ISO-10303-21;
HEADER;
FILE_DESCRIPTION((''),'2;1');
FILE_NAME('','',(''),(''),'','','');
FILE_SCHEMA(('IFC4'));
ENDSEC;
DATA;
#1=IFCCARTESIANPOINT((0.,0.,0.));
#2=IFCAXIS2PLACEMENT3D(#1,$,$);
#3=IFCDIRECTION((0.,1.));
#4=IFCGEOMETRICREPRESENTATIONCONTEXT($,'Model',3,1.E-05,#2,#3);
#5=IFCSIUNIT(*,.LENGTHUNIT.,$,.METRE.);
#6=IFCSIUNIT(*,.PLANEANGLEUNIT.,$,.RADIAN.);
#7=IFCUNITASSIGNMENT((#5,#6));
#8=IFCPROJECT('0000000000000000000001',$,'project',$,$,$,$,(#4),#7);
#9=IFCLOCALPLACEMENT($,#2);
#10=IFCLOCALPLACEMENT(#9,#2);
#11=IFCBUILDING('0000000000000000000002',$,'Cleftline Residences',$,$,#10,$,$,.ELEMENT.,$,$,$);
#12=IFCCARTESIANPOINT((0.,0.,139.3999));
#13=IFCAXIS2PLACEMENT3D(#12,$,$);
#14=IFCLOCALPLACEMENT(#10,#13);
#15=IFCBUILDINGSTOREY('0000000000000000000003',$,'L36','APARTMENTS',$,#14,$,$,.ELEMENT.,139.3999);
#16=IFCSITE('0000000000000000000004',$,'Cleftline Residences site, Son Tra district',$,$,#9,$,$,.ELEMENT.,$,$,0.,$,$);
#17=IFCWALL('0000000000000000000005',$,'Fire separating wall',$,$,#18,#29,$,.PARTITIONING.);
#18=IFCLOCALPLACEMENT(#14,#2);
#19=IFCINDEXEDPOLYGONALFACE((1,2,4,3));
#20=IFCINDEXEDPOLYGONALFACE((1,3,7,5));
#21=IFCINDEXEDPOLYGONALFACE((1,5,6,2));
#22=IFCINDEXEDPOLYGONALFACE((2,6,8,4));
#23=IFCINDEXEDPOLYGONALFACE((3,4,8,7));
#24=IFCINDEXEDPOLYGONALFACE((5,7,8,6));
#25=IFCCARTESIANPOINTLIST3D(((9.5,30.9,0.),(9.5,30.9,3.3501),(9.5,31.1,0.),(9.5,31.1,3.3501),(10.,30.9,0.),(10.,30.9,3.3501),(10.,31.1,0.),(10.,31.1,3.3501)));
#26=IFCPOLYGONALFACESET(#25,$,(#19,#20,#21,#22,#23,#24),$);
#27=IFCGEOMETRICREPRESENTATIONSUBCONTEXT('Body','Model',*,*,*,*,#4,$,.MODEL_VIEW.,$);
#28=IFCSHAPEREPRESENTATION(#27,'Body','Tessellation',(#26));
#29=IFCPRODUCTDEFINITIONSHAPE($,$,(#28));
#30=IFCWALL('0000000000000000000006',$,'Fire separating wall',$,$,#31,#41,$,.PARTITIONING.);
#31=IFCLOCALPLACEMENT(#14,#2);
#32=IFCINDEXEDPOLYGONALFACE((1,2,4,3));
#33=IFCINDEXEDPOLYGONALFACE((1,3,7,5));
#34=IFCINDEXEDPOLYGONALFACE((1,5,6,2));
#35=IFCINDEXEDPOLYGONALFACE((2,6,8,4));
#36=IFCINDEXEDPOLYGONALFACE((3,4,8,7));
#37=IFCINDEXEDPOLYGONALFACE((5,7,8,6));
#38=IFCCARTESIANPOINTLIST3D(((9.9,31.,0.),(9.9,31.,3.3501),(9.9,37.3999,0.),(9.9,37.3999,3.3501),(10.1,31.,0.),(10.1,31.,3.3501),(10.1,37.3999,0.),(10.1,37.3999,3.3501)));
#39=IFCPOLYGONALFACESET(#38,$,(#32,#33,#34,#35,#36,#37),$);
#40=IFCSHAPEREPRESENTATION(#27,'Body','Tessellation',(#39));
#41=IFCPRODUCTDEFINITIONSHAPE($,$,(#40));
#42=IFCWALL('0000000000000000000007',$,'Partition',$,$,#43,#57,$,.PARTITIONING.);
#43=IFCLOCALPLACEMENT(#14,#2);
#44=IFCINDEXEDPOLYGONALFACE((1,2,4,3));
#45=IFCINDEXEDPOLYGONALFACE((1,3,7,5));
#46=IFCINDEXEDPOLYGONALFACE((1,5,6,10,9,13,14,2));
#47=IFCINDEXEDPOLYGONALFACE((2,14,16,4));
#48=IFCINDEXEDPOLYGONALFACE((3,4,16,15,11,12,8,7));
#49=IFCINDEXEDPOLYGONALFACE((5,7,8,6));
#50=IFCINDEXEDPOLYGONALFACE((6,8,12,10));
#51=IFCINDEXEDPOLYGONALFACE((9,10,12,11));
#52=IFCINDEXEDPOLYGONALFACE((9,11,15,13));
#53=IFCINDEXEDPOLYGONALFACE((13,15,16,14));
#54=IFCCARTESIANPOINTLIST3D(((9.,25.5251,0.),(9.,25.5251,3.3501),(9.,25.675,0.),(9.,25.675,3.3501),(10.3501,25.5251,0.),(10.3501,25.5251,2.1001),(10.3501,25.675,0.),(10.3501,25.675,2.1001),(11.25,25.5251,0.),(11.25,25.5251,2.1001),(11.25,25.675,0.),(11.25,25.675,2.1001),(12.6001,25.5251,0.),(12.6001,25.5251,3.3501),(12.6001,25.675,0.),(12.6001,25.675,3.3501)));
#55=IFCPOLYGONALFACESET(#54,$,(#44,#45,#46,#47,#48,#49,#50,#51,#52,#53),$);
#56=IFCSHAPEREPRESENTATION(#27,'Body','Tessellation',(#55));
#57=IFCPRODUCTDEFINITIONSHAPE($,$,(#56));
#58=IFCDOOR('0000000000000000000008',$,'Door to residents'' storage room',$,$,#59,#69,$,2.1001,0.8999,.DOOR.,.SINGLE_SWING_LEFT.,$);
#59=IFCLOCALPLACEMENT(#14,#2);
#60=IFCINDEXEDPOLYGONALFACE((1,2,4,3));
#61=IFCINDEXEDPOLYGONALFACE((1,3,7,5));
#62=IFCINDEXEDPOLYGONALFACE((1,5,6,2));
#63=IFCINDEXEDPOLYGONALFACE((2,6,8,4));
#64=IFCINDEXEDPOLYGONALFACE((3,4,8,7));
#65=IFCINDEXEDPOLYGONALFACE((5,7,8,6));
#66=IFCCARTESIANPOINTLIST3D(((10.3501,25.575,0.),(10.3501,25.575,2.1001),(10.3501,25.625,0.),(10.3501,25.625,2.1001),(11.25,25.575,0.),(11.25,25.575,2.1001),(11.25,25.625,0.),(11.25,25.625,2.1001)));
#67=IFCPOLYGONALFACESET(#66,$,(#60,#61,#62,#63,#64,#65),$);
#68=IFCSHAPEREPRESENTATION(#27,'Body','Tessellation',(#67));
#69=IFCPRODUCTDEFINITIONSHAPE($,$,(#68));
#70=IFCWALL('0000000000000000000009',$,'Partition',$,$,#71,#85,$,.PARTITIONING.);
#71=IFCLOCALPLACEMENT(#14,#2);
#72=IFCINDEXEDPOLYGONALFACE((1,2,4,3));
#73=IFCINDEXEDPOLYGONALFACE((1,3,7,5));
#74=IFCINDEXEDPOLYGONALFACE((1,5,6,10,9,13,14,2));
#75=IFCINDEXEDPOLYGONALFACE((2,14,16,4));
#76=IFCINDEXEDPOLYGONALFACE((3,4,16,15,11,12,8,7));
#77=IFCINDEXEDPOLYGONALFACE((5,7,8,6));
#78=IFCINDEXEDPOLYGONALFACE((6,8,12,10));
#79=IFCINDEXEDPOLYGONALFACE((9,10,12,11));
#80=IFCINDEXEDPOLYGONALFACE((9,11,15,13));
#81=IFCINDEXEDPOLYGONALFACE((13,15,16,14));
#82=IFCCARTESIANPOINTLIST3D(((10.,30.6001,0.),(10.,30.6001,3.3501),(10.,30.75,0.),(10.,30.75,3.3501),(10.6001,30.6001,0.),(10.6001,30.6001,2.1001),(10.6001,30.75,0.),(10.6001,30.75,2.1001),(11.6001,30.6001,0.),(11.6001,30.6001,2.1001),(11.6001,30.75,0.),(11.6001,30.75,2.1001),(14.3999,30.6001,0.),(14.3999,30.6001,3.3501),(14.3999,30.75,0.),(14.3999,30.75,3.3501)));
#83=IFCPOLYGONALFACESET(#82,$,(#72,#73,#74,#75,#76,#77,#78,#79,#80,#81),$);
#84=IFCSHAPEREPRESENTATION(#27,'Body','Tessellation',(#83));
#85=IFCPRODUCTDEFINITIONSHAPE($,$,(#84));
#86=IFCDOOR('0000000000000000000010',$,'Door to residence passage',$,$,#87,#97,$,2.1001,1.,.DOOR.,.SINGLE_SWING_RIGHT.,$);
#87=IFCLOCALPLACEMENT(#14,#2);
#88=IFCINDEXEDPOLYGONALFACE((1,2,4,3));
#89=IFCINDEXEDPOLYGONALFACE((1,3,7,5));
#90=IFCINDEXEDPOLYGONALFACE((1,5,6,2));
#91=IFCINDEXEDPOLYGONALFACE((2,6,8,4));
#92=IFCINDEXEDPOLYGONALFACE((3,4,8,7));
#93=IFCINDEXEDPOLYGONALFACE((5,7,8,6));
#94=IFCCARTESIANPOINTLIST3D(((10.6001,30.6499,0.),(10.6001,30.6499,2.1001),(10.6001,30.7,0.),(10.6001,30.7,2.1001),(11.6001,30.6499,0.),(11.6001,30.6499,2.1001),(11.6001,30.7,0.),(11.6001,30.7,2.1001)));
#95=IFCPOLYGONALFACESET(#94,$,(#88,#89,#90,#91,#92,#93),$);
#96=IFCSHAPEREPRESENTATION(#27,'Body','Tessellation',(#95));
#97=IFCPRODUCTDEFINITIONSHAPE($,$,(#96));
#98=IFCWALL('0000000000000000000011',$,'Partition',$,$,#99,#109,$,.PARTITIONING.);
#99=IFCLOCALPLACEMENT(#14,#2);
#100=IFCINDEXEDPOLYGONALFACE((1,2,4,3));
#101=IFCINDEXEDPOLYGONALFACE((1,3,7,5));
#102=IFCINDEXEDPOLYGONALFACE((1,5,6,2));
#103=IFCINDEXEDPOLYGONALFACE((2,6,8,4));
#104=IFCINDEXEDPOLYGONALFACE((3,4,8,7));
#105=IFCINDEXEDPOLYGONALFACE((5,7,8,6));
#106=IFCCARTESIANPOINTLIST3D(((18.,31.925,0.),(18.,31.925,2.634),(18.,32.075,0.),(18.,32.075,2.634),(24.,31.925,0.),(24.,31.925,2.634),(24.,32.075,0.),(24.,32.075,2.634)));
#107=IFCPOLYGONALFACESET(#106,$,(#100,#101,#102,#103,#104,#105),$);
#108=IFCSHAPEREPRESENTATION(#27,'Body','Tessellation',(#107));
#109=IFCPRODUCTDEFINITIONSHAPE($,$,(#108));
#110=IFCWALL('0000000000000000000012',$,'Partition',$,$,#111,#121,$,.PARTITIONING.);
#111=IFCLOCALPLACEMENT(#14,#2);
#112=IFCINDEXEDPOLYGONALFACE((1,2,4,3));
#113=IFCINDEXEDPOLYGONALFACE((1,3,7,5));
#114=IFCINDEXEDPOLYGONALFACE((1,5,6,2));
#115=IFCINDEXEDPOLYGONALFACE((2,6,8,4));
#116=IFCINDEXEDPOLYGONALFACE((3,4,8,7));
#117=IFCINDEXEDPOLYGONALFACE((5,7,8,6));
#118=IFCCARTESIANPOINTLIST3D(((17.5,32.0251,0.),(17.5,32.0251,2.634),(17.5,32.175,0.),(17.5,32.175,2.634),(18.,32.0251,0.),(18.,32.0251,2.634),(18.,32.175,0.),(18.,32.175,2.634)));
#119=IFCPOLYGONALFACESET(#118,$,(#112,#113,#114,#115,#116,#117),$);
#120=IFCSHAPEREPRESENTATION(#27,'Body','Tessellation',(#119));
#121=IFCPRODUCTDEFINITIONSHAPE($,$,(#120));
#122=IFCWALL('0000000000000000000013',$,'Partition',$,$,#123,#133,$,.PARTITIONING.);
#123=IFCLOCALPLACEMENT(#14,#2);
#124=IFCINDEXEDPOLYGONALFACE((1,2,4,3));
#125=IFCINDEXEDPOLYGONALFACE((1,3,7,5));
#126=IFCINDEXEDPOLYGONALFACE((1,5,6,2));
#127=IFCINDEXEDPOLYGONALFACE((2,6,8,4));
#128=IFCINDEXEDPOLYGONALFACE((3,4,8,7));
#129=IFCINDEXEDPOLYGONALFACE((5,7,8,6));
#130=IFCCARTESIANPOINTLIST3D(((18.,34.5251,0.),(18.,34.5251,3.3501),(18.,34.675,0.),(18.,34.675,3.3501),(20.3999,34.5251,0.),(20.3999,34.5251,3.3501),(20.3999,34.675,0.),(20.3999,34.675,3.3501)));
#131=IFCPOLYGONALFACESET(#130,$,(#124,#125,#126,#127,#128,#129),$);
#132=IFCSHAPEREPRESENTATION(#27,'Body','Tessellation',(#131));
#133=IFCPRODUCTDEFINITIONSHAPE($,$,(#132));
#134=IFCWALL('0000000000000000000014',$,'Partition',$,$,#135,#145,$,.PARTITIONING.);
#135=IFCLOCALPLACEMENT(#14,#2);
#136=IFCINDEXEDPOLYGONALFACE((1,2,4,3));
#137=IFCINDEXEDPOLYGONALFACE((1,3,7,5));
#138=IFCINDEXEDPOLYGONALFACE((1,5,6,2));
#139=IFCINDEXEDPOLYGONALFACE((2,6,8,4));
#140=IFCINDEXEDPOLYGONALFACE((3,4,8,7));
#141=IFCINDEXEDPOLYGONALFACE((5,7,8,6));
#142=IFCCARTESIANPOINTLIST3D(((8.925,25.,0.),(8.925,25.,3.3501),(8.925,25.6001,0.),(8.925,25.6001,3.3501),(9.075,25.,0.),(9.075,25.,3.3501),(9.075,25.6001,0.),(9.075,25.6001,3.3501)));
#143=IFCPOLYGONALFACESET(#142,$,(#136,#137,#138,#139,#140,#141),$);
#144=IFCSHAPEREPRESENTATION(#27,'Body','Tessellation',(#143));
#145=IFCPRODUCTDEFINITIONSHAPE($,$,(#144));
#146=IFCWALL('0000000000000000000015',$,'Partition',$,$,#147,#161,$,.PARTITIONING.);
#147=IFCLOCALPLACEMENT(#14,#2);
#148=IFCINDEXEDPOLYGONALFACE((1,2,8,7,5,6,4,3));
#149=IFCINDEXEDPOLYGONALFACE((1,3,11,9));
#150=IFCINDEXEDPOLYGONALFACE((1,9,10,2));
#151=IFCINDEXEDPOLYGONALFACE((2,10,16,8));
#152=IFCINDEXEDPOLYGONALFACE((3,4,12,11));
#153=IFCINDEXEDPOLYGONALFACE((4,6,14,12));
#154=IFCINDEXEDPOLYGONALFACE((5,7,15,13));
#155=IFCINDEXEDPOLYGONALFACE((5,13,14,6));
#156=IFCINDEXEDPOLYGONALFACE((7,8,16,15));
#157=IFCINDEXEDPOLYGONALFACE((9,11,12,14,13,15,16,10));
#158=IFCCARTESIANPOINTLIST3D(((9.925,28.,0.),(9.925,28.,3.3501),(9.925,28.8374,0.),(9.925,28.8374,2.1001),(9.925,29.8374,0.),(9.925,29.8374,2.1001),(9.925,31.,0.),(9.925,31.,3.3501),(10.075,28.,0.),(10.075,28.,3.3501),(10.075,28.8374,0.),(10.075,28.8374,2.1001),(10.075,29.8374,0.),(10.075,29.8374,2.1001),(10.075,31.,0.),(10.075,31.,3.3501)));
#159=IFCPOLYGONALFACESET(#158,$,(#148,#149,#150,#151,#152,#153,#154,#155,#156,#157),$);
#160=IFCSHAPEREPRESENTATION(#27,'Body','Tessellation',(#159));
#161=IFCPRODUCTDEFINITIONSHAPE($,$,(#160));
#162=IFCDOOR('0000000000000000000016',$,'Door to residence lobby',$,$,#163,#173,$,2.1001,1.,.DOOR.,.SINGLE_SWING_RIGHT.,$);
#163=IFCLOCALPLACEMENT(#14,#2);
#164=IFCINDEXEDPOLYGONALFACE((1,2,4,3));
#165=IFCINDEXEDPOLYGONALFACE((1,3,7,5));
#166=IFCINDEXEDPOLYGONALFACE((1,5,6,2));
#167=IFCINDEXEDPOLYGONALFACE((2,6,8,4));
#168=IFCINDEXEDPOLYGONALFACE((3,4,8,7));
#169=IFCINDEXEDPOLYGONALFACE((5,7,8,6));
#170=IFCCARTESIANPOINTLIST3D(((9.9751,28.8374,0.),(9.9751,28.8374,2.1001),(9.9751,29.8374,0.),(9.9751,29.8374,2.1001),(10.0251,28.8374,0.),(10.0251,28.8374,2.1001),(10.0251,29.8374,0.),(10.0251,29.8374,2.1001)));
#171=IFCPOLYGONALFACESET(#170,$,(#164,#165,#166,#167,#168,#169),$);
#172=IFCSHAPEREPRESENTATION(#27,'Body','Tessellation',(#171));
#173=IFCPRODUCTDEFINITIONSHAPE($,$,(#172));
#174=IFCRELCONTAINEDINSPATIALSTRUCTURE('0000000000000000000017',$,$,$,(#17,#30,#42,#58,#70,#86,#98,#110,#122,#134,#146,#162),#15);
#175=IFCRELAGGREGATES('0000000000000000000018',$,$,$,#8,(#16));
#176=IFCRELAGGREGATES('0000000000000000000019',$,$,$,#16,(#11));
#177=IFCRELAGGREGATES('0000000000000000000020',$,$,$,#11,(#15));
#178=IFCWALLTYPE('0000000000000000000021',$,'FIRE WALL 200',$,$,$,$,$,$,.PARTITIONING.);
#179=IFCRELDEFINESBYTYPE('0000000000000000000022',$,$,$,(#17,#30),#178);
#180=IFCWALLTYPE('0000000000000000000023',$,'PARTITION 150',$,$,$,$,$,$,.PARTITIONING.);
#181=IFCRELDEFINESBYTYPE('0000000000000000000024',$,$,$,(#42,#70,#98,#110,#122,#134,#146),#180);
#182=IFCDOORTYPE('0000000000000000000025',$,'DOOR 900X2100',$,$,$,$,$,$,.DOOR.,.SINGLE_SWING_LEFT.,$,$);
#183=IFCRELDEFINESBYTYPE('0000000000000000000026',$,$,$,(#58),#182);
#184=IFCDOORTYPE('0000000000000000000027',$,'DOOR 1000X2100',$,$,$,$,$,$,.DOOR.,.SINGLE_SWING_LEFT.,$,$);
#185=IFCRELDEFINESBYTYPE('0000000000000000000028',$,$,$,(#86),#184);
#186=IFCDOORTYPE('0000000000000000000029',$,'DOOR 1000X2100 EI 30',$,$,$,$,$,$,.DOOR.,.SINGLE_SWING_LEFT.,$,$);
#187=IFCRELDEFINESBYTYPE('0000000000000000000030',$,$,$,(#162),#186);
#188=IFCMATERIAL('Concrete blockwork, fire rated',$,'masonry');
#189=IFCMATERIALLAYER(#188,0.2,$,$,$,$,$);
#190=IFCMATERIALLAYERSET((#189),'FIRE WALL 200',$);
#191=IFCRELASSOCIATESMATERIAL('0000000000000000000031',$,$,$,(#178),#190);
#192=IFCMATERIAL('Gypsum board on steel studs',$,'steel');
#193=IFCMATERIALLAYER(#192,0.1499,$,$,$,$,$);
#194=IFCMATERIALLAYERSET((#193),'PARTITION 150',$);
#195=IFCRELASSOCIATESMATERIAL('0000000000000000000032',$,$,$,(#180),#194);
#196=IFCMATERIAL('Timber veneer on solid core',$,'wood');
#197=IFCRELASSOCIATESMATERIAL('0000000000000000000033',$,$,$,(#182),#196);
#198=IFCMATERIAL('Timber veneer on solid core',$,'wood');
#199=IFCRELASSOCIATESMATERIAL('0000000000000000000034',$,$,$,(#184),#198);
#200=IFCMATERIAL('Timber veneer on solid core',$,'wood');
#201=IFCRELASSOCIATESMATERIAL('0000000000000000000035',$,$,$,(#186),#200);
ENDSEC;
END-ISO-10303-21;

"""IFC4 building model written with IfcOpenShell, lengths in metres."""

from ifc_helpers import new_model, si_unit, direction, frame, frame_2d, origin, place, context, subcontext, project, spatial, rectangle, extrude, material, layer, layer_set, type_object, element, fill, save


model = new_model("IFC4")

# Units and contexts
model_context = context("Model", 3, precision=1e-05, world=origin(), true_north=direction((0.0, 1.0)))
body_context = subcontext(model_context, "Body", "Model", "MODEL_VIEW")
ifc_project = project(units=[si_unit("LENGTHUNIT", "METRE"), si_unit("PLANEANGLEUNIT", "RADIAN")], contexts=[model_context])

# Site, building, storey
site_placement = place(None, origin())
site = spatial("IfcSite", under=ifc_project, at=site_placement, Name="Cleftline Residences site, Son Tra district", CompositionType="ELEMENT", RefElevation=0.0)
building_placement = place(site_placement, origin())
building = spatial("IfcBuilding", under=site, at=building_placement, Name="Cleftline Residences", CompositionType="ELEMENT")
storey_placement = place(building_placement, frame((0.0, 0.0, 139.3999)))
storey = spatial("IfcBuildingStorey", under=building, at=storey_placement, Name="L36", Description="APARTMENTS", CompositionType="ELEMENT", Elevation=139.3999)

# Walls
ifc_material_1 = material(Name="Concrete blockwork, fire rated", Category="masonry")
ifc_layer_1 = layer(ifc_material_1, 0.2)
ifc_layer_set_1 = layer_set([ifc_layer_1], Name="FIRE WALL 200")
wall_type_1 = type_object("IfcWallType", Name="FIRE WALL 200", PredefinedType="PARTITIONING", material=ifc_layer_set_1)
wall_1_placement = place(storey_placement, frame((9.5, 31.0, 0.0), z_axis=(0.0, 0.0, 1.0), x_axis=(1.0, 0.0, 0.0)))
element("IfcWall", 1, at=wall_1_placement, inside=storey, type_object=wall_type_1, Name="Fire separating wall", PredefinedType="PARTITIONING", context=body_context, shape_type="SweptSolid", body=[
    extrude(rectangle(XDim=0.5, YDim=0.2, at=frame_2d((0.25, 0.0))), origin(), (0.0, 0.0, 1.0), 3.3501),
])
wall_2_placement = place(storey_placement, frame((10.0, 31.0, 0.0), z_axis=(0.0, 0.0, 1.0), x_axis=(0.0, 1.0, 0.0)))
element("IfcWall", 2, at=wall_2_placement, inside=storey, type_object=wall_type_1, Name="Fire separating wall", PredefinedType="PARTITIONING", context=body_context, shape_type="SweptSolid", body=[
    extrude(rectangle(XDim=6.3999, YDim=0.2, at=frame_2d((3.2, 0.0))), origin(), (0.0, 0.0, 1.0), 3.3501),
])

# Walls, openings, doors
ifc_material_2 = material(Name="Gypsum board on steel studs", Category="steel")
ifc_layer_2 = layer(ifc_material_2, 0.1499)
ifc_layer_set_2 = layer_set([ifc_layer_2], Name="PARTITION 150")
wall_type_2 = type_object("IfcWallType", Name="PARTITION 150", PredefinedType="PARTITIONING", material=ifc_layer_set_2)
wall_3_placement = place(storey_placement, frame((9.0, 25.6001, 0.0), z_axis=(0.0, 0.0, 1.0), x_axis=(1.0, 0.0, 0.0)))
wall_3 = element("IfcWall", 3, at=wall_3_placement, inside=storey, type_object=wall_type_2, Name="Partition", PredefinedType="PARTITIONING", context=body_context, shape_type="SweptSolid", body=[
    extrude(rectangle(XDim=3.6001, YDim=0.1499, at=frame_2d((1.8, 0.0))), origin(), (0.0, 0.0, 1.0), 3.3501),
])
opening_1_placement = place(wall_3_placement, frame((1.3501, 0.0, 0.0)))
opening_1 = element("IfcOpeningElement", 4, at=opening_1_placement, cuts=wall_3, PredefinedType="OPENING", context=body_context, shape_type="SweptSolid", body=[
    extrude(rectangle(XDim=0.8999, YDim=2.1001, at=frame_2d((0.45, 1.05))), frame((0.0, 0.085, 0.0), z_axis=(0.0, -1.0, 0.0), x_axis=(1.0, 0.0, 0.0)), (0.0, 0.0, 1.0), 0.1699),
])
ifc_material_3 = material(Name="Timber veneer on solid core", Category="wood")
door_type_1 = type_object("IfcDoorType", Name="DOOR 900X2100", OperationType="SINGLE_SWING_LEFT", PredefinedType="DOOR", material=ifc_material_3)
door_1_placement = place(opening_1_placement, origin())
door_1 = element("IfcDoor", 5, at=door_1_placement, inside=storey, type_object=door_type_1, Name="Door to residents' storage room", OperationType="SINGLE_SWING_LEFT", OverallHeight=2.1001, OverallWidth=0.8999, PredefinedType="DOOR", context=body_context, shape_type="SweptSolid", body=[
    extrude(rectangle(XDim=0.8999, YDim=2.1001, at=frame_2d((0.45, 1.05))), frame((0.0, 0.0249, 0.0), z_axis=(0.0, -1.0, 0.0), x_axis=(1.0, 0.0, 0.0)), (0.0, 0.0, 1.0), 0.05),
])
fill(opening_1, door_1)
wall_4_placement = place(storey_placement, frame((10.0, 30.675, 0.0), z_axis=(0.0, 0.0, 1.0), x_axis=(1.0, 0.0, 0.0)))
wall_4 = element("IfcWall", 6, at=wall_4_placement, inside=storey, type_object=wall_type_2, Name="Partition", PredefinedType="PARTITIONING", context=body_context, shape_type="SweptSolid", body=[
    extrude(rectangle(XDim=4.3999, YDim=0.1499, at=frame_2d((2.2, 0.0))), origin(), (0.0, 0.0, 1.0), 3.3501),
])
opening_2_placement = place(wall_4_placement, frame((0.6001, 0.0, 0.0)))
opening_2 = element("IfcOpeningElement", 7, at=opening_2_placement, cuts=wall_4, PredefinedType="OPENING", context=body_context, shape_type="SweptSolid", body=[
    extrude(rectangle(XDim=1.0, YDim=2.1001, at=frame_2d((0.5, 1.05))), frame((0.0, 0.085, 0.0), z_axis=(0.0, -1.0, 0.0), x_axis=(1.0, 0.0, 0.0)), (0.0, 0.0, 1.0), 0.1699),
])
ifc_material_4 = material(Name="Timber veneer on solid core", Category="wood")
door_type_2 = type_object("IfcDoorType", Name="DOOR 1000X2100", OperationType="SINGLE_SWING_LEFT", PredefinedType="DOOR", material=ifc_material_4)
door_2_placement = place(opening_2_placement, origin())
door_2 = element("IfcDoor", 8, at=door_2_placement, inside=storey, type_object=door_type_2, Name="Door to residence passage", OperationType="SINGLE_SWING_RIGHT", OverallHeight=2.1001, OverallWidth=1.0, PredefinedType="DOOR", context=body_context, shape_type="SweptSolid", body=[
    extrude(rectangle(XDim=1.0, YDim=2.1001, at=frame_2d((0.5, 1.05))), frame((0.0, 0.0249, 0.0), z_axis=(0.0, -1.0, 0.0), x_axis=(1.0, 0.0, 0.0)), (0.0, 0.0, 1.0), 0.05),
])
fill(opening_2, door_2)

# Walls
wall_5_placement = place(storey_placement, frame((18.0, 32.0, 0.0), z_axis=(0.0, 0.0, 1.0), x_axis=(1.0, 0.0, 0.0)))
element("IfcWall", 9, at=wall_5_placement, inside=storey, type_object=wall_type_2, Name="Partition", PredefinedType="PARTITIONING", context=body_context, shape_type="SweptSolid", body=[
    extrude(rectangle(XDim=6.0, YDim=0.1499, at=frame_2d((3.0, 0.0))), origin(), (0.0, 0.0, 1.0), 2.634),
])
wall_6_placement = place(storey_placement, frame((17.5, 32.1001, 0.0), z_axis=(0.0, 0.0, 1.0), x_axis=(1.0, 0.0, 0.0)))
element("IfcWall", 10, at=wall_6_placement, inside=storey, type_object=wall_type_2, Name="Partition", PredefinedType="PARTITIONING", context=body_context, shape_type="SweptSolid", body=[
    extrude(rectangle(XDim=0.5, YDim=0.1499, at=frame_2d((0.25, 0.0))), origin(), (0.0, 0.0, 1.0), 2.634),
])
wall_7_placement = place(storey_placement, frame((18.0, 34.6001, 0.0), z_axis=(0.0, 0.0, 1.0), x_axis=(1.0, 0.0, 0.0)))
element("IfcWall", 11, at=wall_7_placement, inside=storey, type_object=wall_type_2, Name="Partition", PredefinedType="PARTITIONING", context=body_context, shape_type="SweptSolid", body=[
    extrude(rectangle(XDim=2.3999, YDim=0.1499, at=frame_2d((1.2, 0.0))), origin(), (0.0, 0.0, 1.0), 3.3501),
])
wall_8_placement = place(storey_placement, frame((9.0, 25.0, 0.0), z_axis=(0.0, 0.0, 1.0), x_axis=(0.0, 1.0, 0.0)))
element("IfcWall", 12, at=wall_8_placement, inside=storey, type_object=wall_type_2, Name="Partition", PredefinedType="PARTITIONING", context=body_context, shape_type="SweptSolid", body=[
    extrude(rectangle(XDim=0.6001, YDim=0.1499, at=frame_2d((0.3, 0.0))), origin(), (0.0, 0.0, 1.0), 3.3501),
])

# Wall, opening, door
wall_9_placement = place(storey_placement, frame((10.0, 28.0, 0.0), z_axis=(0.0, 0.0, 1.0), x_axis=(0.0, 1.0, 0.0)))
wall_9 = element("IfcWall", 13, at=wall_9_placement, inside=storey, type_object=wall_type_2, Name="Partition", PredefinedType="PARTITIONING", context=body_context, shape_type="SweptSolid", body=[
    extrude(rectangle(XDim=3.0, YDim=0.1499, at=frame_2d((1.5, 0.0))), origin(), (0.0, 0.0, 1.0), 3.3501),
])
opening_3_placement = place(wall_9_placement, frame((0.8374, 0.0, 0.0)))
opening_3 = element("IfcOpeningElement", 14, at=opening_3_placement, cuts=wall_9, PredefinedType="OPENING", context=body_context, shape_type="SweptSolid", body=[
    extrude(rectangle(XDim=1.0, YDim=2.1001, at=frame_2d((0.5, 1.05))), frame((0.0, 0.085, 0.0), z_axis=(0.0, -1.0, 0.0), x_axis=(1.0, 0.0, 0.0)), (0.0, 0.0, 1.0), 0.1699),
])
ifc_material_5 = material(Name="Timber veneer on solid core", Category="wood")
door_type_3 = type_object("IfcDoorType", Name="DOOR 1000X2100 EI 30", OperationType="SINGLE_SWING_LEFT", PredefinedType="DOOR", material=ifc_material_5)
door_3_placement = place(opening_3_placement, origin())
door_3 = element("IfcDoor", 15, at=door_3_placement, inside=storey, type_object=door_type_3, Name="Door to residence lobby", OperationType="SINGLE_SWING_RIGHT", OverallHeight=2.1001, OverallWidth=1.0, PredefinedType="DOOR", context=body_context, shape_type="SweptSolid", body=[
    extrude(rectangle(XDim=1.0, YDim=2.1001, at=frame_2d((0.5, 1.05))), frame((0.0, 0.0249, 0.0), z_axis=(0.0, -1.0, 0.0), x_axis=(1.0, 0.0, 0.0)), (0.0, 0.0, 1.0), 0.05),
])
fill(opening_3, door_3)

save(model, "model.ifc")
